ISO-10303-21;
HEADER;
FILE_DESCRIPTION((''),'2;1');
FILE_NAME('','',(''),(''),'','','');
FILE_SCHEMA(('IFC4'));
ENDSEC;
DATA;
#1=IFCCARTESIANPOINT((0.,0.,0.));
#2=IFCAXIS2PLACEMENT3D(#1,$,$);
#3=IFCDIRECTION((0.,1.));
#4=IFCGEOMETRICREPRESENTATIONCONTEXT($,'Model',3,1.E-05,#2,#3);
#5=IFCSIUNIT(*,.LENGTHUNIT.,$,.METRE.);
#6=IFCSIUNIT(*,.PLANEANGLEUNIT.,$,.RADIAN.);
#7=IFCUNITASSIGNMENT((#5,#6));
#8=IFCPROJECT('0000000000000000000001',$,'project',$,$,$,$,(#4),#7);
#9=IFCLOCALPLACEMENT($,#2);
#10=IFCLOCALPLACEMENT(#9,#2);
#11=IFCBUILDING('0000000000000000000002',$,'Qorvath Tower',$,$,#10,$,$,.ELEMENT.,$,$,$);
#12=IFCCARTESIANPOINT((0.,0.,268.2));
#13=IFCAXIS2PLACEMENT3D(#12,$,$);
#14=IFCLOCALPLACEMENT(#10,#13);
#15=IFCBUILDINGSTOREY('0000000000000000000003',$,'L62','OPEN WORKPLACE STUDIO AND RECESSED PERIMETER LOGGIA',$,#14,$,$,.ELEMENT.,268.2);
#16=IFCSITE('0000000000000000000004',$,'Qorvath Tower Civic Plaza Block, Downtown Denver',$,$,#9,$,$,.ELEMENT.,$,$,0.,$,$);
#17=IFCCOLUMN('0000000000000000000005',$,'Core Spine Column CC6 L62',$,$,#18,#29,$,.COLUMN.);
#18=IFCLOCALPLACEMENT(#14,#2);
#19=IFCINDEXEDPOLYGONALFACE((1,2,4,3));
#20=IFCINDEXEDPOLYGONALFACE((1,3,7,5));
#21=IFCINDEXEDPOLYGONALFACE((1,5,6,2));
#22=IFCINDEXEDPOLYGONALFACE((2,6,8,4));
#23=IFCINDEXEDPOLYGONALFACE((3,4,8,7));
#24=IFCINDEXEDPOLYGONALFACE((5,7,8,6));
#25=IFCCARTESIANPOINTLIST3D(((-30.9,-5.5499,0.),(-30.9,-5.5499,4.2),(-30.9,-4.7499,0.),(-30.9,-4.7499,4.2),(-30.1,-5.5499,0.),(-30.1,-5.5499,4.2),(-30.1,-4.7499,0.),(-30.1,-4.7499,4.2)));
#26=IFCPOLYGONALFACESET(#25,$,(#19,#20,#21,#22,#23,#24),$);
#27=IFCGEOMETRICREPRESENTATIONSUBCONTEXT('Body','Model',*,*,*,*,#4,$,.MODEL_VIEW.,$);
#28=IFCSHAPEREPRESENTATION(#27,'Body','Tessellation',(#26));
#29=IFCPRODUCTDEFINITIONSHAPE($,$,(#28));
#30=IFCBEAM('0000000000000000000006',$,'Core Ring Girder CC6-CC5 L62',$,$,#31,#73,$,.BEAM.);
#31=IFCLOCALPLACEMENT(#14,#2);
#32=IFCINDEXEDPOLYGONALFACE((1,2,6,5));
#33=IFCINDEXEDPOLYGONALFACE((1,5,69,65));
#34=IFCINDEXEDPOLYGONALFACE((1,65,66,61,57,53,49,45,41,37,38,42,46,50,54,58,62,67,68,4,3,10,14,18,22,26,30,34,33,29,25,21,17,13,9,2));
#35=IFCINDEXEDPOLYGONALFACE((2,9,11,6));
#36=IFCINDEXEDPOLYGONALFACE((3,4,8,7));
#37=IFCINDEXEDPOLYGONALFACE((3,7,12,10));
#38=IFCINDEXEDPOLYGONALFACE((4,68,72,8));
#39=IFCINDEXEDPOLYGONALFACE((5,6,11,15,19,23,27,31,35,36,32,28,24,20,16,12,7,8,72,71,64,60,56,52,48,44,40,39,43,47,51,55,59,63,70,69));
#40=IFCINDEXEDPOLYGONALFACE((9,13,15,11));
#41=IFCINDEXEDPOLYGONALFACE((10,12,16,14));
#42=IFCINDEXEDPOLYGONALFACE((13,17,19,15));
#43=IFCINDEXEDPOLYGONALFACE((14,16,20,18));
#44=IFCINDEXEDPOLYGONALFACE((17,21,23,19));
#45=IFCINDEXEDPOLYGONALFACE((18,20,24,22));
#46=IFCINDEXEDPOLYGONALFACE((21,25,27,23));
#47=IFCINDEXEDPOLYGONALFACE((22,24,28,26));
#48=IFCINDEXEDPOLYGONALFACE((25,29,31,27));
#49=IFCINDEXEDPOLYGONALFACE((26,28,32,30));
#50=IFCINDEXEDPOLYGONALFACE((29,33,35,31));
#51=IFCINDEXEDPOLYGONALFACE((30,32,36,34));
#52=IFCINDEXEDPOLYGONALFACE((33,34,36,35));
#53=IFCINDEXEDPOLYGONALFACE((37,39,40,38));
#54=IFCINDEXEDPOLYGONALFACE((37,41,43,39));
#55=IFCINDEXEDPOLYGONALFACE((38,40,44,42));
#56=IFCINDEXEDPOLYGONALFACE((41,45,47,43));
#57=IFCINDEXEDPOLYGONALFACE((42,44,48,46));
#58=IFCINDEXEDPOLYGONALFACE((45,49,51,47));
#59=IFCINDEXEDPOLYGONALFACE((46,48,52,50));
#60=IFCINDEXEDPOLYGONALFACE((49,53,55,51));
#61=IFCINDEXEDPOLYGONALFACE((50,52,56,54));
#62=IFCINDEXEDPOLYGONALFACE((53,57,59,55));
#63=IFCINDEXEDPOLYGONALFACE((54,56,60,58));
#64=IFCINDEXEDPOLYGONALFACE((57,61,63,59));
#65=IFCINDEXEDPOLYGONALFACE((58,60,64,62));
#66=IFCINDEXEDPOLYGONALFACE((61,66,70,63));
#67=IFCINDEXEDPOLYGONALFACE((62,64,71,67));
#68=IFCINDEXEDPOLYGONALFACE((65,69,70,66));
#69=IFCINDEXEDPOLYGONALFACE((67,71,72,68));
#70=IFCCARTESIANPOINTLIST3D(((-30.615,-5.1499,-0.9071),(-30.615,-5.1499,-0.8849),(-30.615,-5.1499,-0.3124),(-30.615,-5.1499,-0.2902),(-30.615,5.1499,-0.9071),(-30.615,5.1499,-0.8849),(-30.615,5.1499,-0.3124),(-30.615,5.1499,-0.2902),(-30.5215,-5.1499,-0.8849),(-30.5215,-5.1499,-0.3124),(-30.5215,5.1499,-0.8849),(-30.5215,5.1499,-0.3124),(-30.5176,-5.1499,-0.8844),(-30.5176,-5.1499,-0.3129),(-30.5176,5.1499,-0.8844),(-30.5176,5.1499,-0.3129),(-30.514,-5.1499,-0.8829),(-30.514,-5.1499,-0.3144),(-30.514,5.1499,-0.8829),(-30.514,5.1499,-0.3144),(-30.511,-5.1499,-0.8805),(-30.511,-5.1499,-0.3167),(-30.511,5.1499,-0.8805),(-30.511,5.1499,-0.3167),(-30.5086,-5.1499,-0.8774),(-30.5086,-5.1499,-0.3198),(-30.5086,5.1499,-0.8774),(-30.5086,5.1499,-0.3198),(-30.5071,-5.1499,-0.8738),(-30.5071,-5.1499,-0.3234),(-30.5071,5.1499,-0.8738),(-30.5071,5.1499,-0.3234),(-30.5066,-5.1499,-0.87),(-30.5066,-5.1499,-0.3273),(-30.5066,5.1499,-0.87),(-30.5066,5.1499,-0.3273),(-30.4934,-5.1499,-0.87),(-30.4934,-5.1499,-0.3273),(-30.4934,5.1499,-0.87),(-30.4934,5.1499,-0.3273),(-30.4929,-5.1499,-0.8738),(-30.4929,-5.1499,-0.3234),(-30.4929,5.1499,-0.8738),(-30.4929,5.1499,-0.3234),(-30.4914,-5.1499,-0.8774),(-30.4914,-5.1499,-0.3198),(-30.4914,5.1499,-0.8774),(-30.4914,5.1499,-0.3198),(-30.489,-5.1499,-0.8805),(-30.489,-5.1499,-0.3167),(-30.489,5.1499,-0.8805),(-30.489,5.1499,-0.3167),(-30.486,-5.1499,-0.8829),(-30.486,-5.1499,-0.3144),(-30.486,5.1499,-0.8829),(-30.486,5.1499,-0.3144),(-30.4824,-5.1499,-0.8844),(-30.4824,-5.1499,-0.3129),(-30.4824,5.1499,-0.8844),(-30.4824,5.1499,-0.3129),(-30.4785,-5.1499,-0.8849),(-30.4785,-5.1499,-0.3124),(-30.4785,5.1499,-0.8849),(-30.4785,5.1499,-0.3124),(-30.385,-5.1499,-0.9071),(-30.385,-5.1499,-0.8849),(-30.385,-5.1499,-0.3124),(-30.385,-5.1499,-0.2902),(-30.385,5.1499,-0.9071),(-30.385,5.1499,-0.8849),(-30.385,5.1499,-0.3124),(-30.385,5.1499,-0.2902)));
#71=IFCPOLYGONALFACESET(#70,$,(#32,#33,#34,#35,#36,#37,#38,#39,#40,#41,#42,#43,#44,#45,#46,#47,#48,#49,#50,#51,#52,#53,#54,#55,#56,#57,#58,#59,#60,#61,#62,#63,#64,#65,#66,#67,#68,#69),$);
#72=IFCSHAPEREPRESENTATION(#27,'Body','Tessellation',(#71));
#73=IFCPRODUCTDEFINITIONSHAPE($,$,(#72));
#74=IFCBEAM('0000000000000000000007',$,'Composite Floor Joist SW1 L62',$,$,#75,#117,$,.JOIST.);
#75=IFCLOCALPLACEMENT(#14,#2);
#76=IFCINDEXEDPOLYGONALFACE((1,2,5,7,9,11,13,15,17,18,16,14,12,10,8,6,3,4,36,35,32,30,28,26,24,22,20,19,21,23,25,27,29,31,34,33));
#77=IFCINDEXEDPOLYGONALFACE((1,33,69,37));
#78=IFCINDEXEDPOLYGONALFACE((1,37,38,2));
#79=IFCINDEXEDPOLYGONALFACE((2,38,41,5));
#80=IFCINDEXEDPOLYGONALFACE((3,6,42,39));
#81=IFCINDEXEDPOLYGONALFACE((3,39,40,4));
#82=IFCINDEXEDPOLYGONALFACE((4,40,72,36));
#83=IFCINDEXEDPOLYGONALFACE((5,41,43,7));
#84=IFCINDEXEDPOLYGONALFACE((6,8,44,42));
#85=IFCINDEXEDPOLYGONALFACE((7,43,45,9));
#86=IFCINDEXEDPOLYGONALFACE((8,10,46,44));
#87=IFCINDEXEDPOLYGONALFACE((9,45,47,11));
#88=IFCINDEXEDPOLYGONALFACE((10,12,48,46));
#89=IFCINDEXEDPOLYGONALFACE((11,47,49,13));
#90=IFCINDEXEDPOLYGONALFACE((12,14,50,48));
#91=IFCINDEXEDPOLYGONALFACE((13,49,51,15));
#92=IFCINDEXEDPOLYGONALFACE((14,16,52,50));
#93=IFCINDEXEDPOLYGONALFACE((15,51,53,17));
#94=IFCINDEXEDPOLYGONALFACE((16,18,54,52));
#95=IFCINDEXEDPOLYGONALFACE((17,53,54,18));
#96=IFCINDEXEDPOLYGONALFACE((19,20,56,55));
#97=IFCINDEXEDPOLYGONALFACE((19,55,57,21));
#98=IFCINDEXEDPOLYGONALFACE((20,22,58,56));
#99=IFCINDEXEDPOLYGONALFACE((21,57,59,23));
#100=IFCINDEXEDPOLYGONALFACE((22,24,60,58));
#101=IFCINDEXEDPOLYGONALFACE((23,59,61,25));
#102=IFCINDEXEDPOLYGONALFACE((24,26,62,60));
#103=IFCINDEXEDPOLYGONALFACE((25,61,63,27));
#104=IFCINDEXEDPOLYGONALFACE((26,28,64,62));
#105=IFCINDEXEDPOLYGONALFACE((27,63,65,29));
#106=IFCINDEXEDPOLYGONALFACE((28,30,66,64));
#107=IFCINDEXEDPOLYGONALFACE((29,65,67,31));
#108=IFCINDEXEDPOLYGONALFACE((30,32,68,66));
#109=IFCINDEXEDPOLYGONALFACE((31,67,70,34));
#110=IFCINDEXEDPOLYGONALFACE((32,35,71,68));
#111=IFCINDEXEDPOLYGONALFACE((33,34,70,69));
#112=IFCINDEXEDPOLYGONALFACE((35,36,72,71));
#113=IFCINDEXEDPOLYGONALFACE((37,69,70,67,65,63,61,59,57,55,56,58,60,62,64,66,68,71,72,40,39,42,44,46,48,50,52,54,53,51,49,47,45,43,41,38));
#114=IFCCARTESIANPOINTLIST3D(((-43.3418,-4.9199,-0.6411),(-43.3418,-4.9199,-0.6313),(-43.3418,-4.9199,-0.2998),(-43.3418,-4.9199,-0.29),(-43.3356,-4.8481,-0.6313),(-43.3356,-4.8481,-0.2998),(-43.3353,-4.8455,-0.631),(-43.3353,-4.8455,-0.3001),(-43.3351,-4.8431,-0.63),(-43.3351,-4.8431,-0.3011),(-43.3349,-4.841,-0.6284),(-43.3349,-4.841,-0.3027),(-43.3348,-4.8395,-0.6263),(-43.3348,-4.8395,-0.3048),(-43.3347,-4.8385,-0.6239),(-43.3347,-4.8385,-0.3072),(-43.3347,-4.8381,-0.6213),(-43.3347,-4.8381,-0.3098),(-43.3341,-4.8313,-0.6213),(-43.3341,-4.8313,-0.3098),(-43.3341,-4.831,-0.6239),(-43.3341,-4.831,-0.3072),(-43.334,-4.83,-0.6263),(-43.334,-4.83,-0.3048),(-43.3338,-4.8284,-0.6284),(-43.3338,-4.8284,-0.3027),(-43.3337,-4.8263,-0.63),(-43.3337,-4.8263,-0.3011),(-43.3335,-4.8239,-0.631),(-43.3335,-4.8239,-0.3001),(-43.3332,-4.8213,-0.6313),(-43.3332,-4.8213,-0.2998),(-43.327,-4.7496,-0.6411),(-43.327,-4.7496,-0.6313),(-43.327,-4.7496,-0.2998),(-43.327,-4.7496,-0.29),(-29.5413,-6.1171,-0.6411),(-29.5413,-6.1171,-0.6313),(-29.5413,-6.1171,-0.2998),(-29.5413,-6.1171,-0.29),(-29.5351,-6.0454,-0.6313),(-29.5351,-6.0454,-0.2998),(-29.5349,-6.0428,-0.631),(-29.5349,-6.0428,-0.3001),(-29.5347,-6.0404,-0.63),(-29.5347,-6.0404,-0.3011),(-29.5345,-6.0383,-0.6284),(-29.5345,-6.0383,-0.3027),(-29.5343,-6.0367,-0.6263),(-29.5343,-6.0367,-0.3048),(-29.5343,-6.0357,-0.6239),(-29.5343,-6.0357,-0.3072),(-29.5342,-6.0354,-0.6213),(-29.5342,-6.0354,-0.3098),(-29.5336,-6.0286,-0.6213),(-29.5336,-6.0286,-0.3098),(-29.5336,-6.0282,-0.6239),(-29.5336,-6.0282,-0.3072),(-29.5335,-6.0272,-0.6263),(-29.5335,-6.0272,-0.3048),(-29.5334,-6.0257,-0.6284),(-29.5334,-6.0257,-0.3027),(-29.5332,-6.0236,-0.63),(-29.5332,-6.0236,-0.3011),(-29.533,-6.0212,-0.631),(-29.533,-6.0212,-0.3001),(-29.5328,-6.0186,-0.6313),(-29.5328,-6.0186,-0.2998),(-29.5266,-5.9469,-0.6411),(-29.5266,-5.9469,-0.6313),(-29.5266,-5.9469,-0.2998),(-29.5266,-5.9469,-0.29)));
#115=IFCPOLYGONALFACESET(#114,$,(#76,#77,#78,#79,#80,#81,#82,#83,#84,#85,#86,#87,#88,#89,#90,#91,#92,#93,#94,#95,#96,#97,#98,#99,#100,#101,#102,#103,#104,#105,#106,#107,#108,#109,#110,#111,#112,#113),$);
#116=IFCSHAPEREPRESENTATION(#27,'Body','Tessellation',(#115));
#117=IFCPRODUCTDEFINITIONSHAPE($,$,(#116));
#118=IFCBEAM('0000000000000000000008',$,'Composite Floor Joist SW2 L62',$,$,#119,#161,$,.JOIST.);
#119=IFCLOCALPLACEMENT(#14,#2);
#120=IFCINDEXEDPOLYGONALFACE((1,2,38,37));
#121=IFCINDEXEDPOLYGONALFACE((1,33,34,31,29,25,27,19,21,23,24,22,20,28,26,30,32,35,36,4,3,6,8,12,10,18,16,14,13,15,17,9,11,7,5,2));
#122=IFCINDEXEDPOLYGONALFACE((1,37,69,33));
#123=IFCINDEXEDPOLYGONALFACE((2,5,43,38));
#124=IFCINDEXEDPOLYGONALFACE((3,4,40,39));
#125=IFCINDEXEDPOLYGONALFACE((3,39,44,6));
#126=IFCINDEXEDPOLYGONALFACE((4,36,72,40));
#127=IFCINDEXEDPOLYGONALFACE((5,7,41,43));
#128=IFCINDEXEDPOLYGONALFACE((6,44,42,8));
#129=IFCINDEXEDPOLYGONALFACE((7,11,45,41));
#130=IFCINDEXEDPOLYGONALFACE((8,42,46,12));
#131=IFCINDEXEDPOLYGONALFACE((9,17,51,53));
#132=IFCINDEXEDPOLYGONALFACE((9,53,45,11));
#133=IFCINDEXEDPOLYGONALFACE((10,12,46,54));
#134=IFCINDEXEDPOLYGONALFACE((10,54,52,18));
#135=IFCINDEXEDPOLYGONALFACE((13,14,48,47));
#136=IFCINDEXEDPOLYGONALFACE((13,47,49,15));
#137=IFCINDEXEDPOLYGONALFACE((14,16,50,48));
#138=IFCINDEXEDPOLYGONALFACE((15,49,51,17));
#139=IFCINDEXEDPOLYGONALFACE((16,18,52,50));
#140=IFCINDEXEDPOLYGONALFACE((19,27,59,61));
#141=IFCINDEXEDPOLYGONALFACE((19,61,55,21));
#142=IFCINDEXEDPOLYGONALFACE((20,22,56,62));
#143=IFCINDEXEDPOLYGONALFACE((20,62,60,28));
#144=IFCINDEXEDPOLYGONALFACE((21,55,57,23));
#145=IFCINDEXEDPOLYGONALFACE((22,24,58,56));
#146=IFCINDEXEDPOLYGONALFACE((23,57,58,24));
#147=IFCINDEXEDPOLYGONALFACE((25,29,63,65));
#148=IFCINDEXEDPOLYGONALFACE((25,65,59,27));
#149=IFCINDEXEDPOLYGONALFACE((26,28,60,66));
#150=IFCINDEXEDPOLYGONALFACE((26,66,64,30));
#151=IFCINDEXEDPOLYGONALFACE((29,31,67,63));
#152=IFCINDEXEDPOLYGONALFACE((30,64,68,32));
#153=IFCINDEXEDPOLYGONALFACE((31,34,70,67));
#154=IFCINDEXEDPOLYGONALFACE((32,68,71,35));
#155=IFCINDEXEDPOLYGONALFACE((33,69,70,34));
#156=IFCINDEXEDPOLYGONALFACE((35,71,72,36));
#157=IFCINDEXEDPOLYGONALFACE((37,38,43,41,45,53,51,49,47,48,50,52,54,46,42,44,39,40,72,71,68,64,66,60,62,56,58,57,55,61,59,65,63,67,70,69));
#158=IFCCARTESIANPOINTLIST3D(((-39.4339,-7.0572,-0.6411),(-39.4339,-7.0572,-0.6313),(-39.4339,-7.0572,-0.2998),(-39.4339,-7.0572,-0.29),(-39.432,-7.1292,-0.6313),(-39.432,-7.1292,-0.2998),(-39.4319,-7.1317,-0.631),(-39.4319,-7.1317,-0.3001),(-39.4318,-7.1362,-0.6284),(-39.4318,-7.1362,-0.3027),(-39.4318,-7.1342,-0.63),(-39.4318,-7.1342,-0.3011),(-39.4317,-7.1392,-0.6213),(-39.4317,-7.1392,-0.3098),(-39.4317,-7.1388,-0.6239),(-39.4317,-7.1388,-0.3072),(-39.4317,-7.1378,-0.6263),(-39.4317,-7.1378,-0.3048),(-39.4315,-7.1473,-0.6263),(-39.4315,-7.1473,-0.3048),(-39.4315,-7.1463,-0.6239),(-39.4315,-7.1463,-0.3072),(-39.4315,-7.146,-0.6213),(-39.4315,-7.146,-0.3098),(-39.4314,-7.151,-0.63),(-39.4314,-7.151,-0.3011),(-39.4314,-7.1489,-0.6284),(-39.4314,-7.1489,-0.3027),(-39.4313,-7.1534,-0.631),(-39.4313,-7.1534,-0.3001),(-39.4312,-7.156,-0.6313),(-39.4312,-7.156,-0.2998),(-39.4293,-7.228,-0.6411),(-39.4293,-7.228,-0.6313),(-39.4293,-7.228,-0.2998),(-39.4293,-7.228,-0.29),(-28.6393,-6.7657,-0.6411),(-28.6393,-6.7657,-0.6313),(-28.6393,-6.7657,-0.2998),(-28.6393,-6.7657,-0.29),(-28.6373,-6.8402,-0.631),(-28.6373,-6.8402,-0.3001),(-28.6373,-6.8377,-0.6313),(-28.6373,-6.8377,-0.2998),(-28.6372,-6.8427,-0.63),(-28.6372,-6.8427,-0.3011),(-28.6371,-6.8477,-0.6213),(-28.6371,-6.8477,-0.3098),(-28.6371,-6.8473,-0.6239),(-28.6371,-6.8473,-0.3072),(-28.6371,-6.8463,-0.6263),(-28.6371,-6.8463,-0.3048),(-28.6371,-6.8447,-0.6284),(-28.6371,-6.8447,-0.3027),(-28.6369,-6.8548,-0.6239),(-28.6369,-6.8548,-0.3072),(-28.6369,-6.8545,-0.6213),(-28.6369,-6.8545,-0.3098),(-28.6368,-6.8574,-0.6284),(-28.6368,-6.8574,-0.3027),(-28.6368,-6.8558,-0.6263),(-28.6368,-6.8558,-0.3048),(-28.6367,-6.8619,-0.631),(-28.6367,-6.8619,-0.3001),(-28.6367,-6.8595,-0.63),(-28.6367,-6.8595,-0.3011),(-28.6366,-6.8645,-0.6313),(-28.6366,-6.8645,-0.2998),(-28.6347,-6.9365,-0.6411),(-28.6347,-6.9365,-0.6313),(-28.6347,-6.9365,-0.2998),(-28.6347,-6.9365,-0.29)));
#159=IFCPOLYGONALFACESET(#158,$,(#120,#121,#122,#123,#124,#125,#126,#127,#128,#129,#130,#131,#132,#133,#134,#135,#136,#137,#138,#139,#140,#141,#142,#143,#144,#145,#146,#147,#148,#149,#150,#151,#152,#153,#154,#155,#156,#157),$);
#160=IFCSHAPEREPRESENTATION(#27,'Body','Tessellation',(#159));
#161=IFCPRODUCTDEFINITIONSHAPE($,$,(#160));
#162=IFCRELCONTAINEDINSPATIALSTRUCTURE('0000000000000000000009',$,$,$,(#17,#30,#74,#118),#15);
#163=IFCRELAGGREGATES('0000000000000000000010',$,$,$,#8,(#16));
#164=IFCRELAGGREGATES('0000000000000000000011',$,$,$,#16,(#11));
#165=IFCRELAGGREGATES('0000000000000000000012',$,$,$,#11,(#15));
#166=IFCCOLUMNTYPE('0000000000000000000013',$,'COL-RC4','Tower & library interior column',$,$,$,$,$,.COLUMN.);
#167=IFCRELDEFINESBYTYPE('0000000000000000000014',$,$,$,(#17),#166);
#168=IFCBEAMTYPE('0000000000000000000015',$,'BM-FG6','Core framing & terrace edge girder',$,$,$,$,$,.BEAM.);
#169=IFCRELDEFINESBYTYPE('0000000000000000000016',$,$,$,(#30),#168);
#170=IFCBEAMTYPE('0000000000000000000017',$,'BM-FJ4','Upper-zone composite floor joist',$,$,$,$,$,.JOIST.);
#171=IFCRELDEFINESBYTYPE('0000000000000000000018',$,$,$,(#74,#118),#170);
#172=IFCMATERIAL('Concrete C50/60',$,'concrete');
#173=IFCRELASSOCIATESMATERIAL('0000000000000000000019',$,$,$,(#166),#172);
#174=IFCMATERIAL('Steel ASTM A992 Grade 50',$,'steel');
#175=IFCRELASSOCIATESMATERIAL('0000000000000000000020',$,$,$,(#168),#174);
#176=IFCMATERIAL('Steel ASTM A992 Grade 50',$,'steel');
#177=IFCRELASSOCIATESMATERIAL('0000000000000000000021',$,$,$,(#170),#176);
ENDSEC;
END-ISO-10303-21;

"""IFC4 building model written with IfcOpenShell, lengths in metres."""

from ifc_helpers import new_model, si_unit, direction, frame, origin, origin_2d, place, context, subcontext, project, spatial, rectangle, i_section, extrude, material, material_profile, profile_set, type_object, element, save


model = new_model("IFC4")

# Units and contexts
model_context = context("Model", 3, precision=1e-05, world=origin(), true_north=direction((0.0, 1.0)))
body_context = subcontext(model_context, "Body", "Model", "MODEL_VIEW")
ifc_project = project(units=[si_unit("LENGTHUNIT", "METRE"), si_unit("PLANEANGLEUNIT", "RADIAN")], contexts=[model_context])

# Site, building, storey
site_placement = place(None, origin())
site = spatial("IfcSite", under=ifc_project, at=site_placement, Name="Qorvath Tower Civic Plaza Block, Downtown Denver", CompositionType="ELEMENT", RefElevation=0.0)
building_placement = place(site_placement, origin())
building = spatial("IfcBuilding", under=site, at=building_placement, Name="Qorvath Tower", CompositionType="ELEMENT")
storey_placement = place(building_placement, frame((0.0, 0.0, 268.2)))
storey = spatial("IfcBuildingStorey", under=building, at=storey_placement, Name="L62", Description="OPEN WORKPLACE STUDIO AND RECESSED PERIMETER LOGGIA", CompositionType="ELEMENT", Elevation=268.2)

# Column
ifc_material_1 = material(Name="Concrete C50/60", Category="concrete")
ifc_material_profile_1 = material_profile(ifc_material_1, rectangle(XDim=0.8, YDim=0.8, at=origin_2d()), Name="RC 800x800")
ifc_profile_set_1 = profile_set([ifc_material_profile_1], Name="Concrete C50/60")
column_type = type_object("IfcColumnType", Name="COL-RC4", Description="Tower & library interior column", PredefinedType="COLUMN", material=ifc_profile_set_1)
column_placement = place(storey_placement, frame((-30.5, -5.1499, 0.0), z_axis=(0.0, 0.0, 1.0), x_axis=(1.0, 0.0, 0.0)))
element("IfcColumn", 1, at=column_placement, inside=storey, type_object=column_type, Name="Core Spine Column CC6 L62", PredefinedType="COLUMN", context=body_context, shape_type="SweptSolid", body=[
    extrude(rectangle(XDim=0.8, YDim=0.8, at=origin_2d()), origin(), (0.0, 0.0, 1.0), 4.2),
])

# Beams
ifc_material_2 = material(Name="Steel ASTM A992 Grade 50", Category="steel")
ifc_material_profile_2 = material_profile(ifc_material_2, i_section(OverallWidth=0.23, OverallDepth=0.6169, WebThickness=0.0132, FlangeThickness=0.0222, FilletRadius=0.0149, at=origin_2d()), Name="W24x94")
ifc_profile_set_2 = profile_set([ifc_material_profile_2], Name="Steel ASTM A992 Grade 50")
beam_type_1 = type_object("IfcBeamType", Name="BM-FG6", Description="Core framing & terrace edge girder", PredefinedType="BEAM", material=ifc_profile_set_2)
beam_1_placement = place(storey_placement, frame((-30.5, -5.1499, -0.5986), z_axis=(0.0, 1.0, 0.0), x_axis=(-1.0, 0.0, 0.0)))
element("IfcBeam", 2, at=beam_1_placement, inside=storey, type_object=beam_type_1, Name="Core Ring Girder CC6-CC5 L62", PredefinedType="BEAM", context=body_context, shape_type="SweptSolid", body=[
    extrude(i_section(OverallWidth=0.23, OverallDepth=0.6169, WebThickness=0.0132, FlangeThickness=0.0222, FilletRadius=0.0149, at=origin_2d()), origin(), (0.0, 0.0, 1.0), 10.2998),
])
ifc_material_3 = material(Name="Steel ASTM A992 Grade 50", Category="steel")
ifc_material_profile_3 = material_profile(ifc_material_3, i_section(OverallWidth=0.1709, OverallDepth=0.3511, WebThickness=0.0068, FlangeThickness=0.0098, FilletRadius=0.01, at=origin_2d()), Name="W14x30")
ifc_profile_set_3 = profile_set([ifc_material_profile_3], Name="Steel ASTM A992 Grade 50")
beam_type_2 = type_object("IfcBeamType", Name="BM-FJ4", Description="Upper-zone composite floor joist", PredefinedType="JOIST", material=ifc_profile_set_3)
beam_2_placement = place(storey_placement, frame((-29.5339, -6.032, -0.4656), z_axis=(-0.996258, 0.08643, 0.0), x_axis=(-0.08643, -0.996258, 0.0)))
element("IfcBeam", 3, at=beam_2_placement, inside=storey, type_object=beam_type_2, Name="Composite Floor Joist SW1 L62", PredefinedType="JOIST", context=body_context, shape_type="SweptSolid", body=[
    extrude(i_section(OverallWidth=0.1709, OverallDepth=0.3511, WebThickness=0.0068, FlangeThickness=0.0098, FilletRadius=0.01, at=origin_2d()), origin(), (0.0, 0.0, 1.0), 13.8523),
])
beam_3_placement = place(storey_placement, frame((-28.637, -6.8511, -0.4656), z_axis=(-0.999636, -0.026995, 0.0), x_axis=(0.026995, -0.999636, 0.0)))
element("IfcBeam", 4, at=beam_3_placement, inside=storey, type_object=beam_type_2, Name="Composite Floor Joist SW2 L62", PredefinedType="JOIST", context=body_context, shape_type="SweptSolid", body=[
    extrude(i_section(OverallWidth=0.1709, OverallDepth=0.3511, WebThickness=0.0068, FlangeThickness=0.0098, FilletRadius=0.01, at=origin_2d()), origin(), (0.0, 0.0, 1.0), 10.7986),
])

save(model, "model.ifc")
